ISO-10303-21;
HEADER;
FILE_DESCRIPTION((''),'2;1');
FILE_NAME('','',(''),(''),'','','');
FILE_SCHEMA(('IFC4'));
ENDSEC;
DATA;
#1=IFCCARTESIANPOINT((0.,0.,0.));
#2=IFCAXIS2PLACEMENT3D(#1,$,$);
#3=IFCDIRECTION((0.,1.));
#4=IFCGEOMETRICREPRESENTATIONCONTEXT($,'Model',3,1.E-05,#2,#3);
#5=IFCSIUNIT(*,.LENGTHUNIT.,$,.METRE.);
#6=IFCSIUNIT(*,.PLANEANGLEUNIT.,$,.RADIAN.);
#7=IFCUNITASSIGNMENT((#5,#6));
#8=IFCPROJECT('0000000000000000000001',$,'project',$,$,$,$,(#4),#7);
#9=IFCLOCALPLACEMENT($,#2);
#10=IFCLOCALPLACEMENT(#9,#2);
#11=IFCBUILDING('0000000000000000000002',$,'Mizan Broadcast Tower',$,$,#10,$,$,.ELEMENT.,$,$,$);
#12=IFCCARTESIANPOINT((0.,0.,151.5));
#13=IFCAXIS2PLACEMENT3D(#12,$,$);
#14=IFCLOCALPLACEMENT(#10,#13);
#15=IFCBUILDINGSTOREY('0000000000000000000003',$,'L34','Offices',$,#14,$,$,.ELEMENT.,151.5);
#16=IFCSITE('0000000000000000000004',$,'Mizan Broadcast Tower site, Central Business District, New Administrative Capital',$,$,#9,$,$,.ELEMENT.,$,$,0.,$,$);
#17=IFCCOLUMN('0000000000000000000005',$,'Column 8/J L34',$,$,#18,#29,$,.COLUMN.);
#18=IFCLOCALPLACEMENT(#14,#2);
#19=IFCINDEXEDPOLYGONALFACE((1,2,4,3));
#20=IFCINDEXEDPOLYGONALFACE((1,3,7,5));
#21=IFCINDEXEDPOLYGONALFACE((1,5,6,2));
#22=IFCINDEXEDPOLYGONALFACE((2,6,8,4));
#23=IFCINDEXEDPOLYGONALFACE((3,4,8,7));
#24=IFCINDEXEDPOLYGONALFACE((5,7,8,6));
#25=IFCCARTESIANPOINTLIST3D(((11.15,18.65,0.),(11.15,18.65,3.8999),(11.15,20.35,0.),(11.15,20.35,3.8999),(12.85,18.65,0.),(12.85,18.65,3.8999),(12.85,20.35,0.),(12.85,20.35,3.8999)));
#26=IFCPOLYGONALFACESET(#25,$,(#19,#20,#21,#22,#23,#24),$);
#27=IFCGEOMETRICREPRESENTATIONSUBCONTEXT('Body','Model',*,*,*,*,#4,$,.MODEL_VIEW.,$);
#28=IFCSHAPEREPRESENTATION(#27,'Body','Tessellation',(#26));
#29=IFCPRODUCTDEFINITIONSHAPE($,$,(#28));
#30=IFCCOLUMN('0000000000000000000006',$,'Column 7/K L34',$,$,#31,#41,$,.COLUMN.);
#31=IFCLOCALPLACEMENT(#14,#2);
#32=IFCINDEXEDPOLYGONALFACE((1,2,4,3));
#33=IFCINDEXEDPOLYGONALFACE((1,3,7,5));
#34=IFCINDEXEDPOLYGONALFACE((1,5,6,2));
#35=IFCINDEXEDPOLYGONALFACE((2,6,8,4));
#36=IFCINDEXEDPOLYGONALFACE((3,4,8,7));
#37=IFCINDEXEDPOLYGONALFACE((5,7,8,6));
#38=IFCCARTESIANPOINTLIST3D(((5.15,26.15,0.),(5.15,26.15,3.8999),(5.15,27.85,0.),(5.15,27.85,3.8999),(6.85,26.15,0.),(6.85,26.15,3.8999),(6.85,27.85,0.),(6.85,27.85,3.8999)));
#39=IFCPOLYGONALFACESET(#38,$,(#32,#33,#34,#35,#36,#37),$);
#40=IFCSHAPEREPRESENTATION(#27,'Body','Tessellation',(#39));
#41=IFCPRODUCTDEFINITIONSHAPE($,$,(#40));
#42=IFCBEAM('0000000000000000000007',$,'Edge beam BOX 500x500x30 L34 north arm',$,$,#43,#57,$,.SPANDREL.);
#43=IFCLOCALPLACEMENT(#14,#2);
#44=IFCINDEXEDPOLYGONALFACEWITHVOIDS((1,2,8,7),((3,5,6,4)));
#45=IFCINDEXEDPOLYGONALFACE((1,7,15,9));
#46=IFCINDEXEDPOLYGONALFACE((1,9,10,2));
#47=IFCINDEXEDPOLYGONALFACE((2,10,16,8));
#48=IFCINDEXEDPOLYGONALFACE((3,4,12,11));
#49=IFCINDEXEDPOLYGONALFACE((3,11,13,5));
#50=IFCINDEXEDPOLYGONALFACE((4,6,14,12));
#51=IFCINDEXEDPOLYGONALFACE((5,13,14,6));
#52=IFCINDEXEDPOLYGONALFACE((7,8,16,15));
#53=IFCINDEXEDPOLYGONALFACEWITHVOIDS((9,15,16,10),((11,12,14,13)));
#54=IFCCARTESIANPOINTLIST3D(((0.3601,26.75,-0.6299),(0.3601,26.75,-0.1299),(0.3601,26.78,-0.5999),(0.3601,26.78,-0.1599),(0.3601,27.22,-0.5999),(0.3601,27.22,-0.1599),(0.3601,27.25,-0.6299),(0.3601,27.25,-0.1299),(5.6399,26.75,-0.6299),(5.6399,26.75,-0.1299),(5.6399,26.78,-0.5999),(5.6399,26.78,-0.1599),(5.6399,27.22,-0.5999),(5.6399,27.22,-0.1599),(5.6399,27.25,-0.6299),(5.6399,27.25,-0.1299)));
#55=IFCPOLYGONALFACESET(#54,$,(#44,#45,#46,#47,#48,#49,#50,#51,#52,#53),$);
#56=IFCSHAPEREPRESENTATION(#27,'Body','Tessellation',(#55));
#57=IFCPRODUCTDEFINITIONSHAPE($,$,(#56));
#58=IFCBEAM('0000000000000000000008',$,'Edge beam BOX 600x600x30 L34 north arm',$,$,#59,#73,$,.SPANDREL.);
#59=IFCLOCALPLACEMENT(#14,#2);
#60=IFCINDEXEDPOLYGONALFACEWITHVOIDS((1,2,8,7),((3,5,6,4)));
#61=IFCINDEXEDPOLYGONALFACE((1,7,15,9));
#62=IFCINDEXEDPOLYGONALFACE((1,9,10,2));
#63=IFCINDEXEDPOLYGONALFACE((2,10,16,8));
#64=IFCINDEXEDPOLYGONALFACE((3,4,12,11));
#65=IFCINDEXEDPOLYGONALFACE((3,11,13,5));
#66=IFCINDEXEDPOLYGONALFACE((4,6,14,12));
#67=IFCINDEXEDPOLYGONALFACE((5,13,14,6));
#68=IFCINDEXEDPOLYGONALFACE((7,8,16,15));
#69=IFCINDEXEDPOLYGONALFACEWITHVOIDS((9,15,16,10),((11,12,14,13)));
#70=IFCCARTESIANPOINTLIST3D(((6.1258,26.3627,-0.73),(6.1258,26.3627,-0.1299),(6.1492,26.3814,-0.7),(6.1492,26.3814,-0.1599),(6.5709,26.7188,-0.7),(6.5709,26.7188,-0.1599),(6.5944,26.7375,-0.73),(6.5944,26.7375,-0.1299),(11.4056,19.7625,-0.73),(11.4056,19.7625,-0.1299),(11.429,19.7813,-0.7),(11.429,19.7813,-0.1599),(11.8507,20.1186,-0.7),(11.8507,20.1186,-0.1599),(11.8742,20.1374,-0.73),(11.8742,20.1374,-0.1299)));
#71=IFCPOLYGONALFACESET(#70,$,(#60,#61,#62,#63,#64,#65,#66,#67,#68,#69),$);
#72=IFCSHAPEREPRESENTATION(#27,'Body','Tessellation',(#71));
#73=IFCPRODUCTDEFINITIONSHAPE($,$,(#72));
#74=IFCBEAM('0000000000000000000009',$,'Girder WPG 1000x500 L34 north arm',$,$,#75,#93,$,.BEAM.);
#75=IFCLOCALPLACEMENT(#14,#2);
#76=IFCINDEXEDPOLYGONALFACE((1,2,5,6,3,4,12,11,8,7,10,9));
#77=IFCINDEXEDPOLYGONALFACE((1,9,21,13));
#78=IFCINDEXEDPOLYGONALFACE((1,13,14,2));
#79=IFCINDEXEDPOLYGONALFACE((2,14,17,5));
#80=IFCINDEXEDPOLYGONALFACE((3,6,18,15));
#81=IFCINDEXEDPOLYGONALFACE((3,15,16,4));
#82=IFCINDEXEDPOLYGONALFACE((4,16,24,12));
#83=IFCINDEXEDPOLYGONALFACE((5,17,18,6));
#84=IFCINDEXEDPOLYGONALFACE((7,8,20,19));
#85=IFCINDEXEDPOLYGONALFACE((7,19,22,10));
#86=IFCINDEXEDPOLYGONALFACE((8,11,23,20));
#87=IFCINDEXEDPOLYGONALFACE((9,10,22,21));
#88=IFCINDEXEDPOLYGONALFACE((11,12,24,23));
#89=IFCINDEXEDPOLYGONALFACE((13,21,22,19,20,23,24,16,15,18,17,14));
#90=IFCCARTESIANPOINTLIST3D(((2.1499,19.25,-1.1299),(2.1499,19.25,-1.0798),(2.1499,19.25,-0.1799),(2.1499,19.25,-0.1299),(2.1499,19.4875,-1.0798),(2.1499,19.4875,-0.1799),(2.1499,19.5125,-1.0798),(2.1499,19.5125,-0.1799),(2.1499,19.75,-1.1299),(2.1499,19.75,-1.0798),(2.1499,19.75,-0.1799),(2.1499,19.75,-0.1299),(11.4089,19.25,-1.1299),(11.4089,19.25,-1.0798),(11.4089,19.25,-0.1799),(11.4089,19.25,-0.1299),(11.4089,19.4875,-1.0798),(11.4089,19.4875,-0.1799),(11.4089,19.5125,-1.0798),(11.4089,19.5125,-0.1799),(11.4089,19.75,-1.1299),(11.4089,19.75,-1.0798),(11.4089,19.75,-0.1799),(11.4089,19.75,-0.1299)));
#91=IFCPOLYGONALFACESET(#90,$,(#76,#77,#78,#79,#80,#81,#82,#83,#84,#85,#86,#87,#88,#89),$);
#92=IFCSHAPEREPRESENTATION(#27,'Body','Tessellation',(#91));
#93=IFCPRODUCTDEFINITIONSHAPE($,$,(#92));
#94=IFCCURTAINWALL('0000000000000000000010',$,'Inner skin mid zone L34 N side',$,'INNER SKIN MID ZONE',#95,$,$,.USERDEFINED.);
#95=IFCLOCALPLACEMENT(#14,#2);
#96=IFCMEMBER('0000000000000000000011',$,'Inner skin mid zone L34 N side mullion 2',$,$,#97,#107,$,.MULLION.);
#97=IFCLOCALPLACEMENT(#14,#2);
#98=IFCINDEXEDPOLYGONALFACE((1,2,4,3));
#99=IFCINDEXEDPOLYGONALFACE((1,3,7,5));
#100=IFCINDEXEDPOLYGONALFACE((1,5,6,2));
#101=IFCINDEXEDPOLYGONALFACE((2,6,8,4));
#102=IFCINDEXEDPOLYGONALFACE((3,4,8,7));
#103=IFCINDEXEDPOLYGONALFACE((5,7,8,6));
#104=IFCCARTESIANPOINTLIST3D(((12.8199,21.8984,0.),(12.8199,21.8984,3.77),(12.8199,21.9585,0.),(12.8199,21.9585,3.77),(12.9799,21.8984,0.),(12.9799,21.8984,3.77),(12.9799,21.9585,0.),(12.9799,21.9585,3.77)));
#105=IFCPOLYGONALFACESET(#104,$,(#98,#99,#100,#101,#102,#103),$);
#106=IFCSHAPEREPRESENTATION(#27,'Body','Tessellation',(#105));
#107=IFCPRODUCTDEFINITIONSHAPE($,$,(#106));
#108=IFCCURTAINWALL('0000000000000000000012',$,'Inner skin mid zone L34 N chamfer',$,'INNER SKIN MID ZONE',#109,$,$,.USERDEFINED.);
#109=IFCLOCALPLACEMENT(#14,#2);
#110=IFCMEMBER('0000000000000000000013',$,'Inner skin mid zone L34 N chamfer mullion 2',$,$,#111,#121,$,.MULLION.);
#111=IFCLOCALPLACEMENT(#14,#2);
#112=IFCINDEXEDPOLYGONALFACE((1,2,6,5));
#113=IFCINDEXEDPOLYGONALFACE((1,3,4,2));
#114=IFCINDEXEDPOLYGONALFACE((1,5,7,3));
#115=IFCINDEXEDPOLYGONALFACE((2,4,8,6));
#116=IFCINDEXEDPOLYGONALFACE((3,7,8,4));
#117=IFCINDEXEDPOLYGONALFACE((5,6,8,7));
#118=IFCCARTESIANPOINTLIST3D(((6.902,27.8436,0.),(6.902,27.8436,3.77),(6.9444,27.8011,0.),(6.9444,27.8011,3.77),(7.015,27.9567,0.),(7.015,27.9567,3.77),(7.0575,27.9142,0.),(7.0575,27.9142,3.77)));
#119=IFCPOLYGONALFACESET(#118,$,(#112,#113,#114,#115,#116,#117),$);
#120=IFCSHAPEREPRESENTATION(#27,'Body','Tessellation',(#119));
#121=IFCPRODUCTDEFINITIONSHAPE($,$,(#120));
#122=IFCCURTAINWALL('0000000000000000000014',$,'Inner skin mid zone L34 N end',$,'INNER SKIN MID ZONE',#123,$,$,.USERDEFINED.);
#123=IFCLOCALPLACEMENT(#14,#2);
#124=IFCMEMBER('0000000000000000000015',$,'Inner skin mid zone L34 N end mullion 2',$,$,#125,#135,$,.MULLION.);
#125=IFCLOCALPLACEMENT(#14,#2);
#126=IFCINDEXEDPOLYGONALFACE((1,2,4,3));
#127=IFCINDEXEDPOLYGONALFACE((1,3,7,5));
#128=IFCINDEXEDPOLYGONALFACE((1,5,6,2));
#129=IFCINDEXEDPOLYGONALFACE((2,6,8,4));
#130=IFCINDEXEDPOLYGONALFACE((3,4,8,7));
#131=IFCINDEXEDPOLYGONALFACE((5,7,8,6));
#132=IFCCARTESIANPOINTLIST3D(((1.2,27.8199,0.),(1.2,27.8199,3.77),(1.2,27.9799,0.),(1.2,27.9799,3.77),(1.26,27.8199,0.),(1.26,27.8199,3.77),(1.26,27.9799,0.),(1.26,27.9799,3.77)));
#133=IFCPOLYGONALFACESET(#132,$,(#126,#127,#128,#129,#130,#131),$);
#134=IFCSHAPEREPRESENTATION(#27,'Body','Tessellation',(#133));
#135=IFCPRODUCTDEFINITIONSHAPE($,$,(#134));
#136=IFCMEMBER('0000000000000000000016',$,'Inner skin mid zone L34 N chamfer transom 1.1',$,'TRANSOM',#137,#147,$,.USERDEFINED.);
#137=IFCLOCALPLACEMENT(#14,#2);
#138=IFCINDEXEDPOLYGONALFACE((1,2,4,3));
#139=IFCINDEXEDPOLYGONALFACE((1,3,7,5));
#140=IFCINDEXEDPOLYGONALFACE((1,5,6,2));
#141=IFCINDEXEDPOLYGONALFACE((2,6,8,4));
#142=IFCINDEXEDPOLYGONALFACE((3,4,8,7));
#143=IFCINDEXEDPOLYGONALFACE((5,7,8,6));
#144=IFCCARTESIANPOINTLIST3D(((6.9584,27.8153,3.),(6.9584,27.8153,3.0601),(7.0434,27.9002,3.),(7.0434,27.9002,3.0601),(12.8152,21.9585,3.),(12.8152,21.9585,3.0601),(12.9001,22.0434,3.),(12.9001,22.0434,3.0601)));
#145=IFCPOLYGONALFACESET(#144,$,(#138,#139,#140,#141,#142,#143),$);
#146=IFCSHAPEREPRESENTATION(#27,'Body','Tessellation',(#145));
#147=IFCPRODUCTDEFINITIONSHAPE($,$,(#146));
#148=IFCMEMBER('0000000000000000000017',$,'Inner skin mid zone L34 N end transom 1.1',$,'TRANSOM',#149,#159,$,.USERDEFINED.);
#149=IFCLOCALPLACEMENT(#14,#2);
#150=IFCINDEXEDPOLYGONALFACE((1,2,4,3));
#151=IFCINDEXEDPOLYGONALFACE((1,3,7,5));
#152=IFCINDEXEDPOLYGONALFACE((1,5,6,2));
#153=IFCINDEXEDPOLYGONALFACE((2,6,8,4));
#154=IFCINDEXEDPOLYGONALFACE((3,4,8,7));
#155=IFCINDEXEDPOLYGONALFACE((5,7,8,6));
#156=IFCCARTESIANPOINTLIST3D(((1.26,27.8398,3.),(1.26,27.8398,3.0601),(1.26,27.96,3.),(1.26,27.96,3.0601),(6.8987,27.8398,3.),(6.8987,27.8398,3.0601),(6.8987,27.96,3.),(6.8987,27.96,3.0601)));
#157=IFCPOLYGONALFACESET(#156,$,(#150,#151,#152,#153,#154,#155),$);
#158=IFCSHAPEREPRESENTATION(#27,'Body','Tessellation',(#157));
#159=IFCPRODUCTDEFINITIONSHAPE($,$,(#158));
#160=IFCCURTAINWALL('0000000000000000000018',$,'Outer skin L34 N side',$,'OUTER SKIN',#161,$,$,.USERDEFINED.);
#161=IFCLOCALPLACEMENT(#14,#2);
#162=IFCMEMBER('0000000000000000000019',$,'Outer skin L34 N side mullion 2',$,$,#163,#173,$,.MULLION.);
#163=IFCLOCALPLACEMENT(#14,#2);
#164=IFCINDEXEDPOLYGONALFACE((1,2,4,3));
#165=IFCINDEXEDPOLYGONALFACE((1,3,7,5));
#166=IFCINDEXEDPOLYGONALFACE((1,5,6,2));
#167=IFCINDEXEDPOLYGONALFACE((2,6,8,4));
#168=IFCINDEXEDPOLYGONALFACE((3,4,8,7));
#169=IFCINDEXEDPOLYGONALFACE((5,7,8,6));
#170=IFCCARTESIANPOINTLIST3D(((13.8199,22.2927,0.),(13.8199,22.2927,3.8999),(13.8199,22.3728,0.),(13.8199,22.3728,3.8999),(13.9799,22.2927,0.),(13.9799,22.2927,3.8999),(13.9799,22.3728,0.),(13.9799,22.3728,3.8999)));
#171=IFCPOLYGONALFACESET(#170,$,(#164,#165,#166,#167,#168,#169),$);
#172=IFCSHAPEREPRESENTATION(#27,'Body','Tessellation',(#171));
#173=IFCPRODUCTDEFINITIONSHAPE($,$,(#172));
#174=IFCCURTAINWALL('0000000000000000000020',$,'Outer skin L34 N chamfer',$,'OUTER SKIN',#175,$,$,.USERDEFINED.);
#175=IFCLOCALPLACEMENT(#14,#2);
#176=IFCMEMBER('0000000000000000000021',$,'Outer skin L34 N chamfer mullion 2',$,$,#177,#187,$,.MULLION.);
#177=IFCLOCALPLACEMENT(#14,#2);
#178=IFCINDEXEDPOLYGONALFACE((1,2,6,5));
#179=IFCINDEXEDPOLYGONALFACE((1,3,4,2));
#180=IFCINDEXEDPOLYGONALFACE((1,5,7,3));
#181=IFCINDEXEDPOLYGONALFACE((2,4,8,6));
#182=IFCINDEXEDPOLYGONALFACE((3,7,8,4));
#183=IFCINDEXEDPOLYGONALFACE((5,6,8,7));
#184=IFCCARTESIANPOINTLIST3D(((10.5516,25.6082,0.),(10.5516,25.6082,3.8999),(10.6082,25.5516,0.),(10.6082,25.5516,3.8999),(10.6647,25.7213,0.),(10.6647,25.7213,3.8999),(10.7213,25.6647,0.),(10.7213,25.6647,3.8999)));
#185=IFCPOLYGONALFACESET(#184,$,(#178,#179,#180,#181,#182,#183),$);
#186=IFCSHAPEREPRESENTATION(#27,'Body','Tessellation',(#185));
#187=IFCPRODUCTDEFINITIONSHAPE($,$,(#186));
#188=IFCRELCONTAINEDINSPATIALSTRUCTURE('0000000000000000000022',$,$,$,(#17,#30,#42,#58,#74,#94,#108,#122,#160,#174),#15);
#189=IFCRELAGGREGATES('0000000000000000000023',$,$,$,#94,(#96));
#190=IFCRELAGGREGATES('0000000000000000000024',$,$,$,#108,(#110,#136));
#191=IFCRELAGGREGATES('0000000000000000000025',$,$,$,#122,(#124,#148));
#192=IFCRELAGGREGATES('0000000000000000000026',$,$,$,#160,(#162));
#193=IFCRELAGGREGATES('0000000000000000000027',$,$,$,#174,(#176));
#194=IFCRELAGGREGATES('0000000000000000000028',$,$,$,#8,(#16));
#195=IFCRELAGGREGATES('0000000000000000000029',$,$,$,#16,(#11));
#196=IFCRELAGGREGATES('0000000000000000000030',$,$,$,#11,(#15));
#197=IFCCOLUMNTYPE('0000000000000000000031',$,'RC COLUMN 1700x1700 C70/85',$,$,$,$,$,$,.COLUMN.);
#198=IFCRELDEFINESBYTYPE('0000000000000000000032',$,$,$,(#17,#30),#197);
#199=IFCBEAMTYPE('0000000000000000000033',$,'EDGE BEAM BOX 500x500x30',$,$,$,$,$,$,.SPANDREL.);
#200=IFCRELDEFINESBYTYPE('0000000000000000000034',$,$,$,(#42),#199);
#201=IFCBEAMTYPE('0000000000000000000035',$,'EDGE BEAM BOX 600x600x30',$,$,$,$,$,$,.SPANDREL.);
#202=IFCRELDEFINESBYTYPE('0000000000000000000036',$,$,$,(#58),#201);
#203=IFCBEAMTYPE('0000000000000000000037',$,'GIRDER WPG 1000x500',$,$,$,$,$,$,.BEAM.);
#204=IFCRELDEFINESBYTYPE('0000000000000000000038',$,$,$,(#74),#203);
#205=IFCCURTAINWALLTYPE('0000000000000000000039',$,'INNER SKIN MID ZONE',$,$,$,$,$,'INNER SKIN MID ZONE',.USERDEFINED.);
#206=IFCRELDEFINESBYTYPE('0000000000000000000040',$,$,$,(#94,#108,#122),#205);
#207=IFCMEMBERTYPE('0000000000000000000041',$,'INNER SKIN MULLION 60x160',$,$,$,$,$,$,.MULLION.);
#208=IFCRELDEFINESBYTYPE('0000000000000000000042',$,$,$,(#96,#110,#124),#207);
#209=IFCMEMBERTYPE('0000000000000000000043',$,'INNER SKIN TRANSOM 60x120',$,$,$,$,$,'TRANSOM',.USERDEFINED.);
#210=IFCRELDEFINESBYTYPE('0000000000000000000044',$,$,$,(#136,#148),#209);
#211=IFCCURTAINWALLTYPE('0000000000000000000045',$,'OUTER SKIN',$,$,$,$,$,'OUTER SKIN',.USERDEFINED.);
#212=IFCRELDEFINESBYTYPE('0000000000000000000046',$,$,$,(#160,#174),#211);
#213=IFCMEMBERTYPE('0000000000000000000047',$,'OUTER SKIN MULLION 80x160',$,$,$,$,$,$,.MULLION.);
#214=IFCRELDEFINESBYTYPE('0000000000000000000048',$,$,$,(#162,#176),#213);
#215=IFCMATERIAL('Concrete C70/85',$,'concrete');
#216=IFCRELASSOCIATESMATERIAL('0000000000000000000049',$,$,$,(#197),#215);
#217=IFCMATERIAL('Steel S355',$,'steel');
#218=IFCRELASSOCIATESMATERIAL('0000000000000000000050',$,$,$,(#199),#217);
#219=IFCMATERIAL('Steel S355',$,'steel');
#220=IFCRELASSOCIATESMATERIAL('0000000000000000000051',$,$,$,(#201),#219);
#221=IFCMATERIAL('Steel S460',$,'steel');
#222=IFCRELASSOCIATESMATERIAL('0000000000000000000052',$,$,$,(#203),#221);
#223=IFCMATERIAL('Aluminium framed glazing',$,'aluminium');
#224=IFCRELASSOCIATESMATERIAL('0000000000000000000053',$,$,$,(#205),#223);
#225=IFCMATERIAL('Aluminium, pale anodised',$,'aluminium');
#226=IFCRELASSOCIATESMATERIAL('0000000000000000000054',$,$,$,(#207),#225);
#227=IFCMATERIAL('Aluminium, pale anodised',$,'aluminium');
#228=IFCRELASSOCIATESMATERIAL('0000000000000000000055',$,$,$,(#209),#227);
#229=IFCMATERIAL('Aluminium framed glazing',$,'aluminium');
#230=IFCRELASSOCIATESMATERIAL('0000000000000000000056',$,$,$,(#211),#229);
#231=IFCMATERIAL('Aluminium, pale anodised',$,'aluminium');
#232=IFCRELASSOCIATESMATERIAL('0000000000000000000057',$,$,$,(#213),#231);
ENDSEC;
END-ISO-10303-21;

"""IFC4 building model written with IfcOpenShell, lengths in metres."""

from ifc_helpers import new_model, si_unit, direction, frame, origin, origin_2d, place, context, subcontext, project, spatial, rectangle, hollow_rectangle, i_section, extrude, material, material_profile, profile_set, type_object, element, aggregate, save


model = new_model("IFC4")

# Units and contexts
model_context = context("Model", 3, precision=1e-05, world=origin(), true_north=direction((0.0, 1.0)))
body_context = subcontext(model_context, "Body", "Model", "MODEL_VIEW")
ifc_project = project(units=[si_unit("LENGTHUNIT", "METRE"), si_unit("PLANEANGLEUNIT", "RADIAN")], contexts=[model_context])

# Site, building, storey
site_placement = place(None, origin())
site = spatial("IfcSite", under=ifc_project, at=site_placement, Name="Mizan Broadcast Tower site, Central Business District, New Administrative Capital", CompositionType="ELEMENT", RefElevation=0.0)
building_placement = place(site_placement, origin())
building = spatial("IfcBuilding", under=site, at=building_placement, Name="Mizan Broadcast Tower", CompositionType="ELEMENT")
storey_placement = place(building_placement, frame((0.0, 0.0, 151.5)))
storey = spatial("IfcBuildingStorey", under=building, at=storey_placement, Name="L34", Description="Offices", CompositionType="ELEMENT", Elevation=151.5)

# Columns
ifc_material_1 = material(Name="Concrete C70/85", Category="concrete")
ifc_material_profile_1 = material_profile(ifc_material_1, rectangle(XDim=1.7, YDim=1.7, at=origin_2d()), Name="RC 1700x1700")
ifc_profile_set_1 = profile_set([ifc_material_profile_1], Name="Concrete C70/85")
column_type = type_object("IfcColumnType", Name="RC COLUMN 1700x1700 C70/85", PredefinedType="COLUMN", material=ifc_profile_set_1)
for number, where, z_axis, x_axis, name in (
    (1, (12.0, 19.5, 0.0), (0.0, 0.0, 1.0), (1.0, 0.0, 0.0), "Column 8/J L34"),
    (2, (6.0, 27.0, 0.0), (0.0, 0.0, 1.0), (1.0, 0.0, 0.0), "Column 7/K L34"),
):
    element("IfcColumn", number, at=place(storey_placement, frame(where, z_axis=z_axis, x_axis=x_axis)), inside=storey, type_object=column_type, Name=name, PredefinedType="COLUMN", context=body_context, shape_type="SweptSolid", body=[
        extrude(rectangle(XDim=1.7, YDim=1.7, at=origin_2d()), origin(), (0.0, 0.0, 1.0), 3.8999),
    ])

# Beams
ifc_material_2 = material(Name="Steel S355", Category="steel")
ifc_material_profile_2 = material_profile(ifc_material_2, hollow_rectangle(XDim=0.5, YDim=0.5, WallThickness=0.03, at=origin_2d()), Name="BOX 500x500x30")
ifc_profile_set_2 = profile_set([ifc_material_profile_2], Name="Steel S355")
beam_type_1 = type_object("IfcBeamType", Name="EDGE BEAM BOX 500x500x30", PredefinedType="SPANDREL", material=ifc_profile_set_2)
beam_1_placement = place(storey_placement, frame((5.6399, 27.0, -0.3799), z_axis=(-1.0, 0.0, 0.0), x_axis=(0.0, -1.0, 0.0)))
element("IfcBeam", 3, at=beam_1_placement, inside=storey, type_object=beam_type_1, Name="Edge beam BOX 500x500x30 L34 north arm", PredefinedType="SPANDREL", context=body_context, shape_type="SweptSolid", body=[
    extrude(hollow_rectangle(XDim=0.5, YDim=0.5, WallThickness=0.03, at=origin_2d()), origin(), (0.0, 0.0, 1.0), 5.2798),
])
ifc_material_3 = material(Name="Steel S355", Category="steel")
ifc_material_profile_3 = material_profile(ifc_material_3, hollow_rectangle(XDim=0.6001, YDim=0.6001, WallThickness=0.03, at=origin_2d()), Name="BOX 600x600x30")
ifc_profile_set_3 = profile_set([ifc_material_profile_3], Name="Steel S355")
beam_type_2 = type_object("IfcBeamType", Name="EDGE BEAM BOX 600x600x30", PredefinedType="SPANDREL", material=ifc_profile_set_3)
beam_2_placement = place(storey_placement, frame((11.6399, 19.95, -0.4299), z_axis=(-0.624674, 0.780886, 0.0), x_axis=(-0.780886, -0.624674, 0.0)))
element("IfcBeam", 4, at=beam_2_placement, inside=storey, type_object=beam_type_2, Name="Edge beam BOX 600x600x30 L34 north arm", PredefinedType="SPANDREL", context=body_context, shape_type="SweptSolid", body=[
    extrude(hollow_rectangle(XDim=0.6001, YDim=0.6001, WallThickness=0.03, at=origin_2d()), origin(), (0.0, 0.0, 1.0), 8.4521),
])
ifc_material_4 = material(Name="Steel S460", Category="steel")
ifc_material_profile_4 = material_profile(ifc_material_4, i_section(OverallWidth=0.5, OverallDepth=1.0, WebThickness=0.0249, FlangeThickness=0.05, at=origin_2d()), Name="WPG 1000x500")
ifc_profile_set_4 = profile_set([ifc_material_profile_4], Name="Steel S460")
beam_type_3 = type_object("IfcBeamType", Name="GIRDER WPG 1000x500", PredefinedType="BEAM", material=ifc_profile_set_4)
beam_3_placement = place(storey_placement, frame((11.4089, 19.5, -0.6299), z_axis=(-1.0, 0.0, 0.0), x_axis=(0.0, -1.0, 0.0)))
element("IfcBeam", 5, at=beam_3_placement, inside=storey, type_object=beam_type_3, Name="Girder WPG 1000x500 L34 north arm", PredefinedType="BEAM", context=body_context, shape_type="SweptSolid", body=[
    extrude(i_section(OverallWidth=0.5, OverallDepth=1.0, WebThickness=0.0249, FlangeThickness=0.05, at=origin_2d()), origin(), (0.0, 0.0, 1.0), 9.259),
])

# Curtain walls, members
ifc_material_5 = material(Name="Aluminium framed glazing", Category="aluminium")
curtain_wall_type_1 = type_object("IfcCurtainWallType", Name="INNER SKIN MID ZONE", ElementType="INNER SKIN MID ZONE", PredefinedType="USERDEFINED", material=ifc_material_5)
curtain_wall_1_placement = place(storey_placement, origin())
curtain_wall_1 = element("IfcCurtainWall", 6, at=curtain_wall_1_placement, inside=storey, type_object=curtain_wall_type_1, Name="Inner skin mid zone L34 N side", ObjectType="INNER SKIN MID ZONE", PredefinedType="USERDEFINED")
ifc_material_6 = material(Name="Aluminium, pale anodised", Category="aluminium")
ifc_material_profile_5 = material_profile(ifc_material_6, rectangle(XDim=0.1599, YDim=0.0601, at=origin_2d()), Name="MULLION 160x60")
ifc_profile_set_5 = profile_set([ifc_material_profile_5], Name="Aluminium, pale anodised")
member_type_1 = type_object("IfcMemberType", Name="INNER SKIN MULLION 60x160", PredefinedType="MULLION", material=ifc_profile_set_5)
member_1_placement = place(storey_placement, frame((12.8999, 21.9285, 0.0), z_axis=(0.0, 0.0, 1.0), x_axis=(-1.0, 0.0, 0.0)))
member_1 = element("IfcMember", 7, at=member_1_placement, type_object=member_type_1, Name="Inner skin mid zone L34 N side mullion 2", PredefinedType="MULLION", context=body_context, shape_type="SweptSolid", body=[
    extrude(rectangle(XDim=0.1599, YDim=0.0601, at=origin_2d()), origin(), (0.0, 0.0, 1.0), 3.77),
])
curtain_wall_2_placement = place(storey_placement, origin())
curtain_wall_2 = element("IfcCurtainWall", 8, at=curtain_wall_2_placement, inside=storey, type_object=curtain_wall_type_1, Name="Inner skin mid zone L34 N chamfer", ObjectType="INNER SKIN MID ZONE", PredefinedType="USERDEFINED")
member_2_placement = place(storey_placement, frame((6.9797, 27.8789, 0.0), z_axis=(0.0, 0.0, 1.0), x_axis=(-0.707107, -0.707107, 0.0)))
member_2 = element("IfcMember", 9, at=member_2_placement, type_object=member_type_1, Name="Inner skin mid zone L34 N chamfer mullion 2", PredefinedType="MULLION", context=body_context, shape_type="SweptSolid", body=[
    extrude(rectangle(XDim=0.1599, YDim=0.0601, at=origin_2d()), origin(), (0.0, 0.0, 1.0), 3.77),
])
curtain_wall_3_placement = place(storey_placement, origin())
curtain_wall_3 = element("IfcCurtainWall", 10, at=curtain_wall_3_placement, inside=storey, type_object=curtain_wall_type_1, Name="Inner skin mid zone L34 N end", ObjectType="INNER SKIN MID ZONE", PredefinedType="USERDEFINED")
member_3_placement = place(storey_placement, frame((1.23, 27.8999, 0.0), z_axis=(0.0, 0.0, 1.0), x_axis=(0.0, -1.0, 0.0)))
member_3 = element("IfcMember", 11, at=member_3_placement, type_object=member_type_1, Name="Inner skin mid zone L34 N end mullion 2", PredefinedType="MULLION", context=body_context, shape_type="SweptSolid", body=[
    extrude(rectangle(XDim=0.1599, YDim=0.0601, at=origin_2d()), origin(), (0.0, 0.0, 1.0), 3.77),
])

# Members
ifc_material_7 = material(Name="Aluminium, pale anodised", Category="aluminium")
ifc_material_profile_6 = material_profile(ifc_material_7, rectangle(XDim=0.1201, YDim=0.0601, at=origin_2d()), Name="TRANSOM 120x60")
ifc_profile_set_6 = profile_set([ifc_material_profile_6], Name="Aluminium, pale anodised")
member_type_2 = type_object("IfcMemberType", Name="INNER SKIN TRANSOM 60x120", ElementType="TRANSOM", PredefinedType="USERDEFINED", material=ifc_profile_set_6)
member_4_placement = place(storey_placement, frame((12.8577, 22.001, 3.03), z_axis=(-0.707107, 0.707107, 0.0), x_axis=(-0.707107, -0.707107, 0.0)))
member_4 = element("IfcMember", 12, at=member_4_placement, type_object=member_type_2, Name="Inner skin mid zone L34 N chamfer transom 1.1", ObjectType="TRANSOM", PredefinedType="USERDEFINED", context=body_context, shape_type="SweptSolid", body=[
    extrude(rectangle(XDim=0.1201, YDim=0.0601, at=origin_2d()), origin(), (0.0, 0.0, 1.0), 8.2827),
])
member_5_placement = place(storey_placement, frame((6.8987, 27.8999, 3.03), z_axis=(-1.0, 0.0, 0.0), x_axis=(0.0, -1.0, 0.0)))
member_5 = element("IfcMember", 13, at=member_5_placement, type_object=member_type_2, Name="Inner skin mid zone L34 N end transom 1.1", ObjectType="TRANSOM", PredefinedType="USERDEFINED", context=body_context, shape_type="SweptSolid", body=[
    extrude(rectangle(XDim=0.1201, YDim=0.0601, at=origin_2d()), origin(), (0.0, 0.0, 1.0), 5.6387),
])

# Curtain wall, member
ifc_material_8 = material(Name="Aluminium framed glazing", Category="aluminium")
curtain_wall_type_2 = type_object("IfcCurtainWallType", Name="OUTER SKIN", ElementType="OUTER SKIN", PredefinedType="USERDEFINED", material=ifc_material_8)
curtain_wall_4_placement = place(storey_placement, origin())
curtain_wall_4 = element("IfcCurtainWall", 14, at=curtain_wall_4_placement, inside=storey, type_object=curtain_wall_type_2, Name="Outer skin L34 N side", ObjectType="OUTER SKIN", PredefinedType="USERDEFINED")
ifc_material_9 = material(Name="Aluminium, pale anodised", Category="aluminium")
ifc_material_profile_7 = material_profile(ifc_material_9, rectangle(XDim=0.1599, YDim=0.0801, at=origin_2d()), Name="MULLION 160x80")
ifc_profile_set_7 = profile_set([ifc_material_profile_7], Name="Aluminium, pale anodised")
member_type_3 = type_object("IfcMemberType", Name="OUTER SKIN MULLION 80x160", PredefinedType="MULLION", material=ifc_profile_set_7)
member_6_placement = place(storey_placement, frame((13.8999, 22.3328, 0.0), z_axis=(0.0, 0.0, 1.0), x_axis=(-1.0, 0.0, 0.0)))
member_6 = element("IfcMember", 15, at=member_6_placement, type_object=member_type_3, Name="Outer skin L34 N side mullion 2", PredefinedType="MULLION", context=body_context, shape_type="SweptSolid", body=[
    extrude(rectangle(XDim=0.1599, YDim=0.0801, at=origin_2d()), origin(), (0.0, 0.0, 1.0), 3.8999),
])

# Curtain wall, member
curtain_wall_5_placement = place(storey_placement, origin())
curtain_wall_5 = element("IfcCurtainWall", 16, at=curtain_wall_5_placement, inside=storey, type_object=curtain_wall_type_2, Name="Outer skin L34 N chamfer", ObjectType="OUTER SKIN", PredefinedType="USERDEFINED")
member_7_placement = place(storey_placement, frame((10.6365, 25.6365, 0.0), z_axis=(0.0, 0.0, 1.0), x_axis=(-0.707107, -0.707107, 0.0)))
member_7 = element("IfcMember", 17, at=member_7_placement, type_object=member_type_3, Name="Outer skin L34 N chamfer mullion 2", PredefinedType="MULLION", context=body_context, shape_type="SweptSolid", body=[
    extrude(rectangle(XDim=0.1599, YDim=0.0801, at=origin_2d()), origin(), (0.0, 0.0, 1.0), 3.8999),
])

aggregate(curtain_wall_1, [member_1])
aggregate(curtain_wall_2, [member_2, member_4])
aggregate(curtain_wall_3, [member_3, member_5])
aggregate(curtain_wall_4, [member_6])
aggregate(curtain_wall_5, [member_7])

save(model, "model.ifc")
